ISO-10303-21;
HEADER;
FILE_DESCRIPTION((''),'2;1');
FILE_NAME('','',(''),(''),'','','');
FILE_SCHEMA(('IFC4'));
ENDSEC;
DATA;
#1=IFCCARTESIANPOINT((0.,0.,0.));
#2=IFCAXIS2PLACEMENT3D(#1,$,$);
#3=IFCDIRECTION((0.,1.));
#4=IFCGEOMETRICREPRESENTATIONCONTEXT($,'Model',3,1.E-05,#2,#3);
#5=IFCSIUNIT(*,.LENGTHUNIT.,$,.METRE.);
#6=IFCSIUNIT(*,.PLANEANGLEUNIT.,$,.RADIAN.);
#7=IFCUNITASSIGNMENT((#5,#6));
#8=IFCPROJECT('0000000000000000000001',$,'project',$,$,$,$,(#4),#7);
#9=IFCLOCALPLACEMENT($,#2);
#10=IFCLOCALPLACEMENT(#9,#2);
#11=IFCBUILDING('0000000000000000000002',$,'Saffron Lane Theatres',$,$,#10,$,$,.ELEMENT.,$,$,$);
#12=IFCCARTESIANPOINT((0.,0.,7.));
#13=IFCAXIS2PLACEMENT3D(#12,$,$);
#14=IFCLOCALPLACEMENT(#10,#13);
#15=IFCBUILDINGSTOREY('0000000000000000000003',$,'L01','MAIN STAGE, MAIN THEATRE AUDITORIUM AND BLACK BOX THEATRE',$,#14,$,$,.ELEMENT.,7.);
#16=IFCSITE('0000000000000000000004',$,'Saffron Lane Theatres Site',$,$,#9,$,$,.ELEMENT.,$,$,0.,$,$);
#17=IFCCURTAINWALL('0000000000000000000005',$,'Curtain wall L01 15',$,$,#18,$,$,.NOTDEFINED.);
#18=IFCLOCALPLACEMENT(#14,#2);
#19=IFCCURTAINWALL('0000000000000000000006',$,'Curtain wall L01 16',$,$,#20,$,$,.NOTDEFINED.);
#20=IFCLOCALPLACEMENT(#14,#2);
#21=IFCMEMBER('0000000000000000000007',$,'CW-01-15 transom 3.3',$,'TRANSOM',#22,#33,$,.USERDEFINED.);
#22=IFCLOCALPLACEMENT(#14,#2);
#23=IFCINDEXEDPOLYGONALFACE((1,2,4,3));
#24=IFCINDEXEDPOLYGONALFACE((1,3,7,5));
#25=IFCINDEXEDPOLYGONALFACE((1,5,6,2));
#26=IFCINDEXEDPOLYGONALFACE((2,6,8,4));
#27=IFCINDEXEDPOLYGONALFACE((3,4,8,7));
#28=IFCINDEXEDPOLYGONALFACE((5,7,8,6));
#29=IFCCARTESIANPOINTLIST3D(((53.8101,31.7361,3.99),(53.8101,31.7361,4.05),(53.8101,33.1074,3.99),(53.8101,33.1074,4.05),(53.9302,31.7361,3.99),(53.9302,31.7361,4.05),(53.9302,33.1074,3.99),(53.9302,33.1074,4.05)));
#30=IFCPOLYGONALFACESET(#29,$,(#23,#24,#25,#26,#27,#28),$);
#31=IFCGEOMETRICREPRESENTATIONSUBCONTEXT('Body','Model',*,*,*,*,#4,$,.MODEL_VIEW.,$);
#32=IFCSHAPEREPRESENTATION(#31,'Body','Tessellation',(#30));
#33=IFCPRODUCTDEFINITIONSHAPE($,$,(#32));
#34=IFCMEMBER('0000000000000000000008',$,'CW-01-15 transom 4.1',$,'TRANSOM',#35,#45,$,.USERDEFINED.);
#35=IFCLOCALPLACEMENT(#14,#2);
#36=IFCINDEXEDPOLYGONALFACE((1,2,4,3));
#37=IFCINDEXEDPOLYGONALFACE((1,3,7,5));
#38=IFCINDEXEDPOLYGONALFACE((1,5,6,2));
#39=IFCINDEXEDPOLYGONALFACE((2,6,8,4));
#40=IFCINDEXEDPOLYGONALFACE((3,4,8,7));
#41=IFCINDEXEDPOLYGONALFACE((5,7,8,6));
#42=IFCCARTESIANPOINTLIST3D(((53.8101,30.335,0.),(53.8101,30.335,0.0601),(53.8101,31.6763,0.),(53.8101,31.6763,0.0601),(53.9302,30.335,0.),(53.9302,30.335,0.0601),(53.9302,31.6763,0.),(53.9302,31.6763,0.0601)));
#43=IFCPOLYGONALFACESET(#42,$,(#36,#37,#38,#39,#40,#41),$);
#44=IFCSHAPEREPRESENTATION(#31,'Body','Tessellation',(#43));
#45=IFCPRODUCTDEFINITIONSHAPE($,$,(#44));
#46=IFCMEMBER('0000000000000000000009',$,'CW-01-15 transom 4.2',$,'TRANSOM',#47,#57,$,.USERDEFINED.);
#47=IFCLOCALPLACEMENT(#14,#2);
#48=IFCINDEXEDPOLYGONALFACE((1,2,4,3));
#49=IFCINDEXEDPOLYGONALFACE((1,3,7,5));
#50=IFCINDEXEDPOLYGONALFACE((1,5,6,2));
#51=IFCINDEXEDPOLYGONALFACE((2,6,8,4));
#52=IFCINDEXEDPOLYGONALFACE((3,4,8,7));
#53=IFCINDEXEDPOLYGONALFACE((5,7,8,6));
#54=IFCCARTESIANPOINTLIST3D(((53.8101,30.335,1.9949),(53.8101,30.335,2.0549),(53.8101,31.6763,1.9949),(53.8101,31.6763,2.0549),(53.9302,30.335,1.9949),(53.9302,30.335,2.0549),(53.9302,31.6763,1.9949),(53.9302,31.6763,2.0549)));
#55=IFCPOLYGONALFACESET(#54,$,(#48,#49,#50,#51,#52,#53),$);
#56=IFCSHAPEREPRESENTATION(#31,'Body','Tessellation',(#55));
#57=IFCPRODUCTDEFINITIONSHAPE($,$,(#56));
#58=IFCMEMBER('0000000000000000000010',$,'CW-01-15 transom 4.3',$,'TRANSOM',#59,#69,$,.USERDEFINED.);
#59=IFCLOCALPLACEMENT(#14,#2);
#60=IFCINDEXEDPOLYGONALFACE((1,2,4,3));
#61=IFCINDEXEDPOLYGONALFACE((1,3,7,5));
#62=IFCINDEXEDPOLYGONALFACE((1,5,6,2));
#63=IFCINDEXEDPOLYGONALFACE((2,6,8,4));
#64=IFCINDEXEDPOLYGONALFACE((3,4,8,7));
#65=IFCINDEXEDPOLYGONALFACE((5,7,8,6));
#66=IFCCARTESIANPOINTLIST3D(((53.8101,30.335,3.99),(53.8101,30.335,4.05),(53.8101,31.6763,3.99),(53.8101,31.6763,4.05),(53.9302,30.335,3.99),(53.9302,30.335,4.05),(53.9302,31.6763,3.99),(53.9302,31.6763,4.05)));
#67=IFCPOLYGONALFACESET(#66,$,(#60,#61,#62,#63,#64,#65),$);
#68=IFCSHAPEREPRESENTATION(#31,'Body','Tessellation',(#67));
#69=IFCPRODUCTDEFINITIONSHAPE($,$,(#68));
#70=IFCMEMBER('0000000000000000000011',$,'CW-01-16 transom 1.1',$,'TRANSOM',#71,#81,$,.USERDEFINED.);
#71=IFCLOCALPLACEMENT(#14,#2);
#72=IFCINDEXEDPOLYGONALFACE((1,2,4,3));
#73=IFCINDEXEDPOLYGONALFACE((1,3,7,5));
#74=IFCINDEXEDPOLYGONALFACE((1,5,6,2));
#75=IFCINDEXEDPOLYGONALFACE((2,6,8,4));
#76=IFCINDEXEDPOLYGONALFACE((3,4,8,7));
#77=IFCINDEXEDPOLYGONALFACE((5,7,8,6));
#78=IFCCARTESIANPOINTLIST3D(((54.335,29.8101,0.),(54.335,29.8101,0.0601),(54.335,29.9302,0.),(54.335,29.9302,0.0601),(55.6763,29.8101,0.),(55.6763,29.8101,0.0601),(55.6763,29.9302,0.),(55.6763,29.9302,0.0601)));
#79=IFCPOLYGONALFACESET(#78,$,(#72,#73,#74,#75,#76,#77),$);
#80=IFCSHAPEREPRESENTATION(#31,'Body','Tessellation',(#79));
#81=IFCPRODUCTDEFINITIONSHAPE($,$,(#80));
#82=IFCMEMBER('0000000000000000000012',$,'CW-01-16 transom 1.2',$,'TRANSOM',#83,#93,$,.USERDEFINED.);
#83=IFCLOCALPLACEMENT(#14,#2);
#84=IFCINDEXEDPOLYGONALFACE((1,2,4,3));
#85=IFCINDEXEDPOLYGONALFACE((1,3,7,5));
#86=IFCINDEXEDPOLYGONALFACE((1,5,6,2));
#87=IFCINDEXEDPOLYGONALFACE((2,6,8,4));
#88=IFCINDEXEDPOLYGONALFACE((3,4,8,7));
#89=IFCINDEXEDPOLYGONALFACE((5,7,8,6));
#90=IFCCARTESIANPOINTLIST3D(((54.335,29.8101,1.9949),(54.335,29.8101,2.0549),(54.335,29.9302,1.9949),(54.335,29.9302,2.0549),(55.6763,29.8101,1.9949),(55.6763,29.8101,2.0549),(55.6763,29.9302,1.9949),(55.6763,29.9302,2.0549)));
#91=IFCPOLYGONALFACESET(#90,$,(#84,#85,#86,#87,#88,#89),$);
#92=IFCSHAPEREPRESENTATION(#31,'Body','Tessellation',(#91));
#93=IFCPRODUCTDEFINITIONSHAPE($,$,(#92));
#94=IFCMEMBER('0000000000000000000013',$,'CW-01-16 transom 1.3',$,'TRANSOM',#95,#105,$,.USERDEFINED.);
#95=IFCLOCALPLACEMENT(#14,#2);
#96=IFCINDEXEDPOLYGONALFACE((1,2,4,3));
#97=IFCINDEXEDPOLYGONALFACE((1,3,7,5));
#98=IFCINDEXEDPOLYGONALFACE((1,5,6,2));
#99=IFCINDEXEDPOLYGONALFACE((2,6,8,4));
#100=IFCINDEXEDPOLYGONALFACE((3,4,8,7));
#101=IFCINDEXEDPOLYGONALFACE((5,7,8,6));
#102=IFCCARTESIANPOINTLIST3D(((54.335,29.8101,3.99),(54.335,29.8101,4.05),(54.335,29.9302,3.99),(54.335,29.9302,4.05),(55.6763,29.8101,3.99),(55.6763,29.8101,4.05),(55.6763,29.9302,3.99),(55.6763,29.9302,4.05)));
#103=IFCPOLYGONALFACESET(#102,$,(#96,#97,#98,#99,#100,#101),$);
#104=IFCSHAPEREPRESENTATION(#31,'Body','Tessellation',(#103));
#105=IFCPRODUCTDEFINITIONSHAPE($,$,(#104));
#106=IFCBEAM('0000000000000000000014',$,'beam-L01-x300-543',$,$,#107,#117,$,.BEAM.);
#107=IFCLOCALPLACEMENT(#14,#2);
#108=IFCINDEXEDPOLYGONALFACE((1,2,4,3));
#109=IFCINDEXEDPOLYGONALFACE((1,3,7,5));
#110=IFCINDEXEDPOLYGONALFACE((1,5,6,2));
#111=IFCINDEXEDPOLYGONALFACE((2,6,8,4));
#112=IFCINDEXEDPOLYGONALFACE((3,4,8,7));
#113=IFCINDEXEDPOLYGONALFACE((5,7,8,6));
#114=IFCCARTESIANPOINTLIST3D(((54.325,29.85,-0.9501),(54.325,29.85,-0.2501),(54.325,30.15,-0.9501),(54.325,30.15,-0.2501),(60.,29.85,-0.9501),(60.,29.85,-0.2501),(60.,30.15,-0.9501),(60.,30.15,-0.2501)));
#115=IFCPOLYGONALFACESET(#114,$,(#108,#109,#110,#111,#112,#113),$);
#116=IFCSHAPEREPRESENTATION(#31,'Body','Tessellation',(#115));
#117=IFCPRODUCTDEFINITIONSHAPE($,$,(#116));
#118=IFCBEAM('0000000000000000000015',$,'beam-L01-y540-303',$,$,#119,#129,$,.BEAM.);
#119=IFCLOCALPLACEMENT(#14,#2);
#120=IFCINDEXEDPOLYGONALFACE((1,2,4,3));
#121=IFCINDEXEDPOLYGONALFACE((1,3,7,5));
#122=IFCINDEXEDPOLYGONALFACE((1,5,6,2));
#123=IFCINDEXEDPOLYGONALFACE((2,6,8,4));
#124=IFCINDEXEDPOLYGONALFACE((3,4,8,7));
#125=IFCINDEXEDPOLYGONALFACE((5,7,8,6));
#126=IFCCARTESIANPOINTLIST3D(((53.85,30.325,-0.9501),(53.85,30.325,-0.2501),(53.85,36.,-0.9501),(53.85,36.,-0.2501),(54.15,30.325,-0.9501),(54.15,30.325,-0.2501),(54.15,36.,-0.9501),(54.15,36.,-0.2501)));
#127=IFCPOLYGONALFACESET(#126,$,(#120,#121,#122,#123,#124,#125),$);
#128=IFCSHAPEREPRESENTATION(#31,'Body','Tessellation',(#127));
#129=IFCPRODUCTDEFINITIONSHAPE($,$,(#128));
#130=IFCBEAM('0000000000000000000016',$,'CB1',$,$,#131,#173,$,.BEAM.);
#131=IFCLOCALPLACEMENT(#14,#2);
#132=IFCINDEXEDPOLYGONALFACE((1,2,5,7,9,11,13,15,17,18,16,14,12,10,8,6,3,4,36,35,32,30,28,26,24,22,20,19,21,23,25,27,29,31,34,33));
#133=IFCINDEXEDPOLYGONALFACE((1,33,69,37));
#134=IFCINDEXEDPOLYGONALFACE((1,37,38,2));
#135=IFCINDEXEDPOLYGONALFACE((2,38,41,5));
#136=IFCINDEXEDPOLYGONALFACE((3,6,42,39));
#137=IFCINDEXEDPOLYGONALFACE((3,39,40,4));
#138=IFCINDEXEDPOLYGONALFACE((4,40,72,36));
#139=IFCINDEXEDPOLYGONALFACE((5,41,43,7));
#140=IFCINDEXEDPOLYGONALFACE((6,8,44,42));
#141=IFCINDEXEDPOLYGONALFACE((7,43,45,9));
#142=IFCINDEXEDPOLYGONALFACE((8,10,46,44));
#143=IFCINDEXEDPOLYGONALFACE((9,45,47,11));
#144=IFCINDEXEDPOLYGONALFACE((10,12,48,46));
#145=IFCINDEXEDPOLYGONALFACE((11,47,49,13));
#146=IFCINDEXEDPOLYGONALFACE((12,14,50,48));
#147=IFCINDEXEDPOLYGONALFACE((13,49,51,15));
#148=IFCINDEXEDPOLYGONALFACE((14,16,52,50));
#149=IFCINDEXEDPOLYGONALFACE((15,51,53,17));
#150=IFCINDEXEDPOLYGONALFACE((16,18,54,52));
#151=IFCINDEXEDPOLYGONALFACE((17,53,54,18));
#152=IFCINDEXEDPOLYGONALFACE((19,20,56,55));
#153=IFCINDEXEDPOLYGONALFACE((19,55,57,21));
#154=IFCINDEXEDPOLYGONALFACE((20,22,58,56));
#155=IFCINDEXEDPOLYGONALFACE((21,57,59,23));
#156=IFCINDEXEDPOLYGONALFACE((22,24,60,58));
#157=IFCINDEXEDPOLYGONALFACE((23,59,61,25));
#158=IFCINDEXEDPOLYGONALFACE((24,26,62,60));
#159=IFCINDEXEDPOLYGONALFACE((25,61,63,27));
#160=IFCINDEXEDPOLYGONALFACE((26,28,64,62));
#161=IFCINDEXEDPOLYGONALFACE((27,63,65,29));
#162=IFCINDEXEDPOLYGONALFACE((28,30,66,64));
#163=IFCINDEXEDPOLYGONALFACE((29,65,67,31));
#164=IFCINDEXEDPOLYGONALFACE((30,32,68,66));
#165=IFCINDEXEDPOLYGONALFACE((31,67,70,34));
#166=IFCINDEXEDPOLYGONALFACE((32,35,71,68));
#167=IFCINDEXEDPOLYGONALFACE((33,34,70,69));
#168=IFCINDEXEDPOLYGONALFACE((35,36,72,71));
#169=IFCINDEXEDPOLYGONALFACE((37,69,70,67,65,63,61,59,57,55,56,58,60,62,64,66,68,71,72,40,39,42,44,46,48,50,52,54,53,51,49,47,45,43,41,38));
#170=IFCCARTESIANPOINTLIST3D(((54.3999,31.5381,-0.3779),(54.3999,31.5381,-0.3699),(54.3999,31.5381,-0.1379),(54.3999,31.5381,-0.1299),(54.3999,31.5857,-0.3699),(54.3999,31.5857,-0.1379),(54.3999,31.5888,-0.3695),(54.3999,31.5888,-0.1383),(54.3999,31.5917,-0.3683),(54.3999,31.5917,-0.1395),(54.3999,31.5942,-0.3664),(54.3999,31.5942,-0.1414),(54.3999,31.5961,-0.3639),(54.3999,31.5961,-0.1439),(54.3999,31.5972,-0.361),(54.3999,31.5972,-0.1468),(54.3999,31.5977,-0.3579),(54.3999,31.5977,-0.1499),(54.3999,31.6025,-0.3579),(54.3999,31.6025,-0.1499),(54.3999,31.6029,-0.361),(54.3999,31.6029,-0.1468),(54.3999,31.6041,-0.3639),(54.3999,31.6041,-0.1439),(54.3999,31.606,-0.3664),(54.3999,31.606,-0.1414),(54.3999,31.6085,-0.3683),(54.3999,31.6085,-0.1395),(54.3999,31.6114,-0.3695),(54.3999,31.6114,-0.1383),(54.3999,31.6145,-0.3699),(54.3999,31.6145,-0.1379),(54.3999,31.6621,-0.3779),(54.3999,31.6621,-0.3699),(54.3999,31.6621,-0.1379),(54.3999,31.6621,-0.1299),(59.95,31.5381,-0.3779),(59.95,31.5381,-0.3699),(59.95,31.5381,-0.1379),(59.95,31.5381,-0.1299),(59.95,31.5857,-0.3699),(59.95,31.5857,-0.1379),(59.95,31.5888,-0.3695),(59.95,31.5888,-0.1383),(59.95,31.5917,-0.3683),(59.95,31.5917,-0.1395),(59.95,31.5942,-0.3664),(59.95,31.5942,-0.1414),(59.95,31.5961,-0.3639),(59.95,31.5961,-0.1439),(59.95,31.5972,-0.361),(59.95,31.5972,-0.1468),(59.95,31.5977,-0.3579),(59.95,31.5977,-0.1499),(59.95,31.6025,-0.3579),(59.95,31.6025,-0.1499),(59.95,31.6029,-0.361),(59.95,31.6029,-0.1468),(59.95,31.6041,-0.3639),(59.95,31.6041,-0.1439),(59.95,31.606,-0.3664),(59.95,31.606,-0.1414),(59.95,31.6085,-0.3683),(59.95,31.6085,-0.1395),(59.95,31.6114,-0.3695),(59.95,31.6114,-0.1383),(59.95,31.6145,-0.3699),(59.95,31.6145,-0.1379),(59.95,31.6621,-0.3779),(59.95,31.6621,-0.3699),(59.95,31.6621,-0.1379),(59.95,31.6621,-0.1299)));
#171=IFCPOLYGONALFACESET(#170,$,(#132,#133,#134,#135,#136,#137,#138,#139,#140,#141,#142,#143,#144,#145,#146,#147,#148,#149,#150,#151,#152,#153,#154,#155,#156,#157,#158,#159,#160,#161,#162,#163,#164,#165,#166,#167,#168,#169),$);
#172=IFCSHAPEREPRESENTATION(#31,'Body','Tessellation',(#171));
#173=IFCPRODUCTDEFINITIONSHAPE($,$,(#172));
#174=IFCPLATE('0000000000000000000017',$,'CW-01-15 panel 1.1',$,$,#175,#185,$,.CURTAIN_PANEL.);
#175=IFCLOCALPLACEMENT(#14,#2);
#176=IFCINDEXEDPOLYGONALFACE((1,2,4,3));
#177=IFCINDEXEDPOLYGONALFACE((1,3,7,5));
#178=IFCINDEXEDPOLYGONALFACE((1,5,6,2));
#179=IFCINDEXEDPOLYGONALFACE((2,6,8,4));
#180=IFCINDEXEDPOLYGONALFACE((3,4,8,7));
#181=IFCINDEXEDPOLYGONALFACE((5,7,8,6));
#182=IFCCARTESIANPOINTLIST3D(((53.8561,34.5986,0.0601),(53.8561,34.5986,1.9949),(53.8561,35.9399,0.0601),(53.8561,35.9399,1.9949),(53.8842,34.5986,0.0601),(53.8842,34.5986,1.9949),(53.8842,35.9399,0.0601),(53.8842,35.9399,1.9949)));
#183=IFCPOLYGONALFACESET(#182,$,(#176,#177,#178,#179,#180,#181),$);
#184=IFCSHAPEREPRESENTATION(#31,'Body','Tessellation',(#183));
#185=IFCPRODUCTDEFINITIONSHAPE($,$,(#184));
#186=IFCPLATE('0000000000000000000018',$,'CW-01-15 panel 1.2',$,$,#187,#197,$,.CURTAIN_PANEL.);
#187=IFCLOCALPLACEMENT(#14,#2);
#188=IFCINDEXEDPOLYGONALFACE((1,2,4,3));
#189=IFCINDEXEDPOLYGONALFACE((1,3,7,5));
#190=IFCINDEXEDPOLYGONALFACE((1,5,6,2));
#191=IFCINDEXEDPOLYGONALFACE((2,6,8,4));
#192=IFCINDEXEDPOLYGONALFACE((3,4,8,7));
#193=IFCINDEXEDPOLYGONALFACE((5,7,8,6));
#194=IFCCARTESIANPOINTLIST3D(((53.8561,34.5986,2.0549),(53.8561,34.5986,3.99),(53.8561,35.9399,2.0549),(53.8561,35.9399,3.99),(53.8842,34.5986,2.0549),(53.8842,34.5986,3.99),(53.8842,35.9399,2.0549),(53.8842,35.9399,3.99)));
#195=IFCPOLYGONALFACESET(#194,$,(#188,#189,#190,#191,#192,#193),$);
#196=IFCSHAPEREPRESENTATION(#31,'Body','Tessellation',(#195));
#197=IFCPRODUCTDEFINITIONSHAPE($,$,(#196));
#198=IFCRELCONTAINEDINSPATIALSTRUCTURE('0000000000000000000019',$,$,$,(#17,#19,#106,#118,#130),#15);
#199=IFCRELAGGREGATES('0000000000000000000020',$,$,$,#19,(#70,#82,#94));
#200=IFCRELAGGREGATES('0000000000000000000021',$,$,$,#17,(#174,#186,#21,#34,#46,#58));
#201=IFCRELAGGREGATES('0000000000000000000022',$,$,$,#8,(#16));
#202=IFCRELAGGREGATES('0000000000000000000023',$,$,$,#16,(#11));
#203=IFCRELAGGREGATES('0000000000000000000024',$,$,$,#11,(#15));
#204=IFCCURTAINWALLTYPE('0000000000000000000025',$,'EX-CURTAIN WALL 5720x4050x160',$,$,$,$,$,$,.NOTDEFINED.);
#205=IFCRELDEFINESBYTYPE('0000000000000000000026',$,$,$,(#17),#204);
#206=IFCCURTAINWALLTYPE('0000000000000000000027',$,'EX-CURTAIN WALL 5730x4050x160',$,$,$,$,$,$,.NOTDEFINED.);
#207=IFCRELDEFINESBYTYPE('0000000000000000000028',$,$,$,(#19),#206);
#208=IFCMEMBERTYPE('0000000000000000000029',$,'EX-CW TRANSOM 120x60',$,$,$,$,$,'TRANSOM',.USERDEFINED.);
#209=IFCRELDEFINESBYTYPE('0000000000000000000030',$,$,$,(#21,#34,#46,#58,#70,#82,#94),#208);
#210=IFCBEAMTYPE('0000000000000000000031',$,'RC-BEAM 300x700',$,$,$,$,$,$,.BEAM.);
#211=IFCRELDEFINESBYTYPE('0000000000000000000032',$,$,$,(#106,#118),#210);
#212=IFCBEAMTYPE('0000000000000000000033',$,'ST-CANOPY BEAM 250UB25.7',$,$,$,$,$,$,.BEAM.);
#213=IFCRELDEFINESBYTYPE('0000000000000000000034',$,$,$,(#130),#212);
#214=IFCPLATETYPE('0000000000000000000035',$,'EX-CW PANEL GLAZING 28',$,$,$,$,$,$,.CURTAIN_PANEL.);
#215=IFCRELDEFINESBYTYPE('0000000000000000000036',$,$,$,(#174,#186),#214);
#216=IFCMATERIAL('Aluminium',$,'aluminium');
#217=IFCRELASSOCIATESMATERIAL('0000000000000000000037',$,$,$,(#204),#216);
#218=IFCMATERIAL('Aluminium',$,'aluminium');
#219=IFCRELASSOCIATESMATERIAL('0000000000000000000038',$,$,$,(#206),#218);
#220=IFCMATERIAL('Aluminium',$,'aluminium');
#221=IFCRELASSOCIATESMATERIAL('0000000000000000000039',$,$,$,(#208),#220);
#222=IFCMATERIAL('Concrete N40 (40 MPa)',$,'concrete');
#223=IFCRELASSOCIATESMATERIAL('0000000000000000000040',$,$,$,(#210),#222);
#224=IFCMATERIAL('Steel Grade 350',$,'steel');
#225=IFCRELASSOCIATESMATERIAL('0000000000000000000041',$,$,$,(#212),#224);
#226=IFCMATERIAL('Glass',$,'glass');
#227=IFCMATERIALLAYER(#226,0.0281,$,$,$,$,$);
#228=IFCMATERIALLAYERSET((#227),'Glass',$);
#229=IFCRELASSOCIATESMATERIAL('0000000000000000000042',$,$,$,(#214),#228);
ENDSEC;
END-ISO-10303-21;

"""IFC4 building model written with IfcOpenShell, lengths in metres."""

from ifc_helpers import new_model, si_unit, direction, frame, origin, origin_2d, place, context, subcontext, project, spatial, rectangle, i_section, extrude, material, layer, layer_set, material_profile, profile_set, type_object, element, aggregate, save


model = new_model("IFC4")

# Units and contexts
model_context = context("Model", 3, precision=1e-05, world=origin(), true_north=direction((0.0, 1.0)))
body_context = subcontext(model_context, "Body", "Model", "MODEL_VIEW")
ifc_project = project(units=[si_unit("LENGTHUNIT", "METRE"), si_unit("PLANEANGLEUNIT", "RADIAN")], contexts=[model_context])

# Site, building, storey
site_placement = place(None, origin())
site = spatial("IfcSite", under=ifc_project, at=site_placement, Name="Saffron Lane Theatres Site", CompositionType="ELEMENT", RefElevation=0.0)
building_placement = place(site_placement, origin())
building = spatial("IfcBuilding", under=site, at=building_placement, Name="Saffron Lane Theatres", CompositionType="ELEMENT")
storey_placement = place(building_placement, frame((0.0, 0.0, 7.0)))
storey = spatial("IfcBuildingStorey", under=building, at=storey_placement, Name="L01", Description="MAIN STAGE, MAIN THEATRE AUDITORIUM AND BLACK BOX THEATRE", CompositionType="ELEMENT", Elevation=7.0)

# Curtain wall
ifc_material_1 = material(Name="Aluminium", Category="aluminium")
curtain_wall_type_1 = type_object("IfcCurtainWallType", Name="EX-CURTAIN WALL 5720x4050x160", PredefinedType="NOTDEFINED", material=ifc_material_1)
curtain_wall_1_placement = place(storey_placement, origin())
curtain_wall_1 = element("IfcCurtainWall", 1, at=curtain_wall_1_placement, inside=storey, type_object=curtain_wall_type_1, Name="Curtain wall L01 15", PredefinedType="NOTDEFINED")

# Curtain wall
ifc_material_2 = material(Name="Aluminium", Category="aluminium")
curtain_wall_type_2 = type_object("IfcCurtainWallType", Name="EX-CURTAIN WALL 5730x4050x160", PredefinedType="NOTDEFINED", material=ifc_material_2)
curtain_wall_2_placement = place(storey_placement, origin())
curtain_wall_2 = element("IfcCurtainWall", 2, at=curtain_wall_2_placement, inside=storey, type_object=curtain_wall_type_2, Name="Curtain wall L01 16", PredefinedType="NOTDEFINED")

# Members
ifc_material_3 = material(Name="Aluminium", Category="aluminium")
ifc_material_profile_1 = material_profile(ifc_material_3, rectangle(XDim=0.1201, YDim=0.0601, at=origin_2d()))
ifc_profile_set_1 = profile_set([ifc_material_profile_1], Name="Aluminium")
member_type_1 = type_object("IfcMemberType", Name="EX-CW TRANSOM 120x60", ElementType="TRANSOM", PredefinedType="USERDEFINED", material=ifc_profile_set_1)
member_1_placement = place(storey_placement, frame((53.8701, 33.1074, 4.02), z_axis=(0.0, -1.0, 0.0), x_axis=(1.0, 0.0, 0.0)))
member_1 = element("IfcMember", 3, at=member_1_placement, type_object=member_type_1, Name="CW-01-15 transom 3.3", ObjectType="TRANSOM", PredefinedType="USERDEFINED", context=body_context, shape_type="SweptSolid", body=[
    extrude(rectangle(XDim=0.1201, YDim=0.0601, at=origin_2d()), origin(), (0.0, 0.0, 1.0), 1.3713),
])
member_2_placement = place(storey_placement, frame((53.8701, 31.6763, 0.03), z_axis=(0.0, -1.0, 0.0), x_axis=(1.0, 0.0, 0.0)))
member_2 = element("IfcMember", 4, at=member_2_placement, type_object=member_type_1, Name="CW-01-15 transom 4.1", ObjectType="TRANSOM", PredefinedType="USERDEFINED", context=body_context, shape_type="SweptSolid", body=[
    extrude(rectangle(XDim=0.1201, YDim=0.0601, at=origin_2d()), origin(), (0.0, 0.0, 1.0), 1.3413),
])
member_3_placement = place(storey_placement, frame((53.8701, 31.6763, 2.0249), z_axis=(0.0, -1.0, 0.0), x_axis=(1.0, 0.0, 0.0)))
member_3 = element("IfcMember", 5, at=member_3_placement, type_object=member_type_1, Name="CW-01-15 transom 4.2", ObjectType="TRANSOM", PredefinedType="USERDEFINED", context=body_context, shape_type="SweptSolid", body=[
    extrude(rectangle(XDim=0.1201, YDim=0.0601, at=origin_2d()), origin(), (0.0, 0.0, 1.0), 1.3413),
])
member_4_placement = place(storey_placement, frame((53.8701, 31.6763, 4.02), z_axis=(0.0, -1.0, 0.0), x_axis=(1.0, 0.0, 0.0)))
member_4 = element("IfcMember", 6, at=member_4_placement, type_object=member_type_1, Name="CW-01-15 transom 4.3", ObjectType="TRANSOM", PredefinedType="USERDEFINED", context=body_context, shape_type="SweptSolid", body=[
    extrude(rectangle(XDim=0.1201, YDim=0.0601, at=origin_2d()), origin(), (0.0, 0.0, 1.0), 1.3413),
])
member_5_placement = place(storey_placement, frame((54.335, 29.8701, 0.03), z_axis=(1.0, 0.0, 0.0), x_axis=(0.0, 1.0, 0.0)))
member_5 = element("IfcMember", 7, at=member_5_placement, type_object=member_type_1, Name="CW-01-16 transom 1.1", ObjectType="TRANSOM", PredefinedType="USERDEFINED", context=body_context, shape_type="SweptSolid", body=[
    extrude(rectangle(XDim=0.1201, YDim=0.0601, at=origin_2d()), origin(), (0.0, 0.0, 1.0), 1.3413),
])
member_6_placement = place(storey_placement, frame((54.335, 29.8701, 2.0249), z_axis=(1.0, 0.0, 0.0), x_axis=(0.0, 1.0, 0.0)))
member_6 = element("IfcMember", 8, at=member_6_placement, type_object=member_type_1, Name="CW-01-16 transom 1.2", ObjectType="TRANSOM", PredefinedType="USERDEFINED", context=body_context, shape_type="SweptSolid", body=[
    extrude(rectangle(XDim=0.1201, YDim=0.0601, at=origin_2d()), origin(), (0.0, 0.0, 1.0), 1.3413),
])
member_7_placement = place(storey_placement, frame((54.335, 29.8701, 4.02), z_axis=(1.0, 0.0, 0.0), x_axis=(0.0, 1.0, 0.0)))
member_7 = element("IfcMember", 9, at=member_7_placement, type_object=member_type_1, Name="CW-01-16 transom 1.3", ObjectType="TRANSOM", PredefinedType="USERDEFINED", context=body_context, shape_type="SweptSolid", body=[
    extrude(rectangle(XDim=0.1201, YDim=0.0601, at=origin_2d()), origin(), (0.0, 0.0, 1.0), 1.3413),
])
aggregate(curtain_wall_2, [member_5, member_6, member_7])

# Beams
ifc_material_4 = material(Name="Concrete N40 (40 MPa)", Category="concrete")
ifc_material_profile_2 = material_profile(ifc_material_4, rectangle(XDim=0.3, YDim=0.7, at=origin_2d()))
ifc_profile_set_2 = profile_set([ifc_material_profile_2], Name="Concrete N40 (40 MPa)")
beam_type_1 = type_object("IfcBeamType", Name="RC-BEAM 300x700", PredefinedType="BEAM", material=ifc_profile_set_2)
for number, where, z_axis, x_axis, name in (
    (10, (54.325, 30.0, -0.6001), (1.0, 0.0, 0.0), (0.0, 1.0, 0.0), "beam-L01-x300-543"),
    (11, (54.0, 30.325, -0.6001), (0.0, 1.0, 0.0), (-1.0, 0.0, 0.0), "beam-L01-y540-303"),
):
    element("IfcBeam", number, at=place(storey_placement, frame(where, z_axis=z_axis, x_axis=x_axis)), inside=storey, type_object=beam_type_1, Name=name, PredefinedType="BEAM", context=body_context, shape_type="SweptSolid", body=[
        extrude(rectangle(XDim=0.3, YDim=0.7, at=origin_2d()), origin(), (0.0, 0.0, 1.0), 5.675),
    ])
ifc_material_5 = material(Name="Steel Grade 350", Category="steel")
ifc_material_profile_3 = material_profile(ifc_material_5, i_section(OverallWidth=0.124, OverallDepth=0.248, WebThickness=0.0049, FlangeThickness=0.0081, FilletRadius=0.012, at=origin_2d()))
ifc_profile_set_3 = profile_set([ifc_material_profile_3], Name="Steel Grade 350")
beam_type_2 = type_object("IfcBeamType", Name="ST-CANOPY BEAM 250UB25.7", PredefinedType="BEAM", material=ifc_profile_set_3)
beam_placement = place(storey_placement, frame((54.3999, 31.6001, -0.2539), z_axis=(1.0, 0.0, 0.0), x_axis=(0.0, 1.0, 0.0)))
element("IfcBeam", 12, at=beam_placement, inside=storey, type_object=beam_type_2, Name="CB1", PredefinedType="BEAM", context=body_context, shape_type="SweptSolid", body=[
    extrude(i_section(OverallWidth=0.124, OverallDepth=0.248, WebThickness=0.0049, FlangeThickness=0.0081, FilletRadius=0.012, at=origin_2d()), origin(), (0.0, 0.0, 1.0), 5.55),
])

# Plates
ifc_material_6 = material(Name="Glass", Category="glass")
ifc_layer_1 = layer(ifc_material_6, 0.0281)
ifc_layer_set_1 = layer_set([ifc_layer_1], Name="Glass")
plate_type = type_object("IfcPlateType", Name="EX-CW PANEL GLAZING 28", PredefinedType="CURTAIN_PANEL", material=ifc_layer_set_1)
plate_1_placement = place(storey_placement, frame((53.8701, 35.2693, 0.0601), z_axis=(0.0, 0.0, 1.0), x_axis=(0.0, -1.0, 0.0)))
plate_1 = element("IfcPlate", 13, at=plate_1_placement, type_object=plate_type, Name="CW-01-15 panel 1.1", PredefinedType="CURTAIN_PANEL", context=body_context, shape_type="SweptSolid", body=[
    extrude(rectangle(XDim=1.3413, YDim=0.0281, at=origin_2d()), origin(), (0.0, 0.0, 1.0), 1.9348),
])
plate_2_placement = place(storey_placement, frame((53.8701, 35.2693, 2.0549), z_axis=(0.0, 0.0, 1.0), x_axis=(0.0, -1.0, 0.0)))
plate_2 = element("IfcPlate", 14, at=plate_2_placement, type_object=plate_type, Name="CW-01-15 panel 1.2", PredefinedType="CURTAIN_PANEL", context=body_context, shape_type="SweptSolid", body=[
    extrude(rectangle(XDim=1.3413, YDim=0.0281, at=origin_2d()), origin(), (0.0, 0.0, 1.0), 1.9351),
])
aggregate(curtain_wall_1, [plate_1, plate_2, member_1, member_2, member_3, member_4])

save(model, "model.ifc")
